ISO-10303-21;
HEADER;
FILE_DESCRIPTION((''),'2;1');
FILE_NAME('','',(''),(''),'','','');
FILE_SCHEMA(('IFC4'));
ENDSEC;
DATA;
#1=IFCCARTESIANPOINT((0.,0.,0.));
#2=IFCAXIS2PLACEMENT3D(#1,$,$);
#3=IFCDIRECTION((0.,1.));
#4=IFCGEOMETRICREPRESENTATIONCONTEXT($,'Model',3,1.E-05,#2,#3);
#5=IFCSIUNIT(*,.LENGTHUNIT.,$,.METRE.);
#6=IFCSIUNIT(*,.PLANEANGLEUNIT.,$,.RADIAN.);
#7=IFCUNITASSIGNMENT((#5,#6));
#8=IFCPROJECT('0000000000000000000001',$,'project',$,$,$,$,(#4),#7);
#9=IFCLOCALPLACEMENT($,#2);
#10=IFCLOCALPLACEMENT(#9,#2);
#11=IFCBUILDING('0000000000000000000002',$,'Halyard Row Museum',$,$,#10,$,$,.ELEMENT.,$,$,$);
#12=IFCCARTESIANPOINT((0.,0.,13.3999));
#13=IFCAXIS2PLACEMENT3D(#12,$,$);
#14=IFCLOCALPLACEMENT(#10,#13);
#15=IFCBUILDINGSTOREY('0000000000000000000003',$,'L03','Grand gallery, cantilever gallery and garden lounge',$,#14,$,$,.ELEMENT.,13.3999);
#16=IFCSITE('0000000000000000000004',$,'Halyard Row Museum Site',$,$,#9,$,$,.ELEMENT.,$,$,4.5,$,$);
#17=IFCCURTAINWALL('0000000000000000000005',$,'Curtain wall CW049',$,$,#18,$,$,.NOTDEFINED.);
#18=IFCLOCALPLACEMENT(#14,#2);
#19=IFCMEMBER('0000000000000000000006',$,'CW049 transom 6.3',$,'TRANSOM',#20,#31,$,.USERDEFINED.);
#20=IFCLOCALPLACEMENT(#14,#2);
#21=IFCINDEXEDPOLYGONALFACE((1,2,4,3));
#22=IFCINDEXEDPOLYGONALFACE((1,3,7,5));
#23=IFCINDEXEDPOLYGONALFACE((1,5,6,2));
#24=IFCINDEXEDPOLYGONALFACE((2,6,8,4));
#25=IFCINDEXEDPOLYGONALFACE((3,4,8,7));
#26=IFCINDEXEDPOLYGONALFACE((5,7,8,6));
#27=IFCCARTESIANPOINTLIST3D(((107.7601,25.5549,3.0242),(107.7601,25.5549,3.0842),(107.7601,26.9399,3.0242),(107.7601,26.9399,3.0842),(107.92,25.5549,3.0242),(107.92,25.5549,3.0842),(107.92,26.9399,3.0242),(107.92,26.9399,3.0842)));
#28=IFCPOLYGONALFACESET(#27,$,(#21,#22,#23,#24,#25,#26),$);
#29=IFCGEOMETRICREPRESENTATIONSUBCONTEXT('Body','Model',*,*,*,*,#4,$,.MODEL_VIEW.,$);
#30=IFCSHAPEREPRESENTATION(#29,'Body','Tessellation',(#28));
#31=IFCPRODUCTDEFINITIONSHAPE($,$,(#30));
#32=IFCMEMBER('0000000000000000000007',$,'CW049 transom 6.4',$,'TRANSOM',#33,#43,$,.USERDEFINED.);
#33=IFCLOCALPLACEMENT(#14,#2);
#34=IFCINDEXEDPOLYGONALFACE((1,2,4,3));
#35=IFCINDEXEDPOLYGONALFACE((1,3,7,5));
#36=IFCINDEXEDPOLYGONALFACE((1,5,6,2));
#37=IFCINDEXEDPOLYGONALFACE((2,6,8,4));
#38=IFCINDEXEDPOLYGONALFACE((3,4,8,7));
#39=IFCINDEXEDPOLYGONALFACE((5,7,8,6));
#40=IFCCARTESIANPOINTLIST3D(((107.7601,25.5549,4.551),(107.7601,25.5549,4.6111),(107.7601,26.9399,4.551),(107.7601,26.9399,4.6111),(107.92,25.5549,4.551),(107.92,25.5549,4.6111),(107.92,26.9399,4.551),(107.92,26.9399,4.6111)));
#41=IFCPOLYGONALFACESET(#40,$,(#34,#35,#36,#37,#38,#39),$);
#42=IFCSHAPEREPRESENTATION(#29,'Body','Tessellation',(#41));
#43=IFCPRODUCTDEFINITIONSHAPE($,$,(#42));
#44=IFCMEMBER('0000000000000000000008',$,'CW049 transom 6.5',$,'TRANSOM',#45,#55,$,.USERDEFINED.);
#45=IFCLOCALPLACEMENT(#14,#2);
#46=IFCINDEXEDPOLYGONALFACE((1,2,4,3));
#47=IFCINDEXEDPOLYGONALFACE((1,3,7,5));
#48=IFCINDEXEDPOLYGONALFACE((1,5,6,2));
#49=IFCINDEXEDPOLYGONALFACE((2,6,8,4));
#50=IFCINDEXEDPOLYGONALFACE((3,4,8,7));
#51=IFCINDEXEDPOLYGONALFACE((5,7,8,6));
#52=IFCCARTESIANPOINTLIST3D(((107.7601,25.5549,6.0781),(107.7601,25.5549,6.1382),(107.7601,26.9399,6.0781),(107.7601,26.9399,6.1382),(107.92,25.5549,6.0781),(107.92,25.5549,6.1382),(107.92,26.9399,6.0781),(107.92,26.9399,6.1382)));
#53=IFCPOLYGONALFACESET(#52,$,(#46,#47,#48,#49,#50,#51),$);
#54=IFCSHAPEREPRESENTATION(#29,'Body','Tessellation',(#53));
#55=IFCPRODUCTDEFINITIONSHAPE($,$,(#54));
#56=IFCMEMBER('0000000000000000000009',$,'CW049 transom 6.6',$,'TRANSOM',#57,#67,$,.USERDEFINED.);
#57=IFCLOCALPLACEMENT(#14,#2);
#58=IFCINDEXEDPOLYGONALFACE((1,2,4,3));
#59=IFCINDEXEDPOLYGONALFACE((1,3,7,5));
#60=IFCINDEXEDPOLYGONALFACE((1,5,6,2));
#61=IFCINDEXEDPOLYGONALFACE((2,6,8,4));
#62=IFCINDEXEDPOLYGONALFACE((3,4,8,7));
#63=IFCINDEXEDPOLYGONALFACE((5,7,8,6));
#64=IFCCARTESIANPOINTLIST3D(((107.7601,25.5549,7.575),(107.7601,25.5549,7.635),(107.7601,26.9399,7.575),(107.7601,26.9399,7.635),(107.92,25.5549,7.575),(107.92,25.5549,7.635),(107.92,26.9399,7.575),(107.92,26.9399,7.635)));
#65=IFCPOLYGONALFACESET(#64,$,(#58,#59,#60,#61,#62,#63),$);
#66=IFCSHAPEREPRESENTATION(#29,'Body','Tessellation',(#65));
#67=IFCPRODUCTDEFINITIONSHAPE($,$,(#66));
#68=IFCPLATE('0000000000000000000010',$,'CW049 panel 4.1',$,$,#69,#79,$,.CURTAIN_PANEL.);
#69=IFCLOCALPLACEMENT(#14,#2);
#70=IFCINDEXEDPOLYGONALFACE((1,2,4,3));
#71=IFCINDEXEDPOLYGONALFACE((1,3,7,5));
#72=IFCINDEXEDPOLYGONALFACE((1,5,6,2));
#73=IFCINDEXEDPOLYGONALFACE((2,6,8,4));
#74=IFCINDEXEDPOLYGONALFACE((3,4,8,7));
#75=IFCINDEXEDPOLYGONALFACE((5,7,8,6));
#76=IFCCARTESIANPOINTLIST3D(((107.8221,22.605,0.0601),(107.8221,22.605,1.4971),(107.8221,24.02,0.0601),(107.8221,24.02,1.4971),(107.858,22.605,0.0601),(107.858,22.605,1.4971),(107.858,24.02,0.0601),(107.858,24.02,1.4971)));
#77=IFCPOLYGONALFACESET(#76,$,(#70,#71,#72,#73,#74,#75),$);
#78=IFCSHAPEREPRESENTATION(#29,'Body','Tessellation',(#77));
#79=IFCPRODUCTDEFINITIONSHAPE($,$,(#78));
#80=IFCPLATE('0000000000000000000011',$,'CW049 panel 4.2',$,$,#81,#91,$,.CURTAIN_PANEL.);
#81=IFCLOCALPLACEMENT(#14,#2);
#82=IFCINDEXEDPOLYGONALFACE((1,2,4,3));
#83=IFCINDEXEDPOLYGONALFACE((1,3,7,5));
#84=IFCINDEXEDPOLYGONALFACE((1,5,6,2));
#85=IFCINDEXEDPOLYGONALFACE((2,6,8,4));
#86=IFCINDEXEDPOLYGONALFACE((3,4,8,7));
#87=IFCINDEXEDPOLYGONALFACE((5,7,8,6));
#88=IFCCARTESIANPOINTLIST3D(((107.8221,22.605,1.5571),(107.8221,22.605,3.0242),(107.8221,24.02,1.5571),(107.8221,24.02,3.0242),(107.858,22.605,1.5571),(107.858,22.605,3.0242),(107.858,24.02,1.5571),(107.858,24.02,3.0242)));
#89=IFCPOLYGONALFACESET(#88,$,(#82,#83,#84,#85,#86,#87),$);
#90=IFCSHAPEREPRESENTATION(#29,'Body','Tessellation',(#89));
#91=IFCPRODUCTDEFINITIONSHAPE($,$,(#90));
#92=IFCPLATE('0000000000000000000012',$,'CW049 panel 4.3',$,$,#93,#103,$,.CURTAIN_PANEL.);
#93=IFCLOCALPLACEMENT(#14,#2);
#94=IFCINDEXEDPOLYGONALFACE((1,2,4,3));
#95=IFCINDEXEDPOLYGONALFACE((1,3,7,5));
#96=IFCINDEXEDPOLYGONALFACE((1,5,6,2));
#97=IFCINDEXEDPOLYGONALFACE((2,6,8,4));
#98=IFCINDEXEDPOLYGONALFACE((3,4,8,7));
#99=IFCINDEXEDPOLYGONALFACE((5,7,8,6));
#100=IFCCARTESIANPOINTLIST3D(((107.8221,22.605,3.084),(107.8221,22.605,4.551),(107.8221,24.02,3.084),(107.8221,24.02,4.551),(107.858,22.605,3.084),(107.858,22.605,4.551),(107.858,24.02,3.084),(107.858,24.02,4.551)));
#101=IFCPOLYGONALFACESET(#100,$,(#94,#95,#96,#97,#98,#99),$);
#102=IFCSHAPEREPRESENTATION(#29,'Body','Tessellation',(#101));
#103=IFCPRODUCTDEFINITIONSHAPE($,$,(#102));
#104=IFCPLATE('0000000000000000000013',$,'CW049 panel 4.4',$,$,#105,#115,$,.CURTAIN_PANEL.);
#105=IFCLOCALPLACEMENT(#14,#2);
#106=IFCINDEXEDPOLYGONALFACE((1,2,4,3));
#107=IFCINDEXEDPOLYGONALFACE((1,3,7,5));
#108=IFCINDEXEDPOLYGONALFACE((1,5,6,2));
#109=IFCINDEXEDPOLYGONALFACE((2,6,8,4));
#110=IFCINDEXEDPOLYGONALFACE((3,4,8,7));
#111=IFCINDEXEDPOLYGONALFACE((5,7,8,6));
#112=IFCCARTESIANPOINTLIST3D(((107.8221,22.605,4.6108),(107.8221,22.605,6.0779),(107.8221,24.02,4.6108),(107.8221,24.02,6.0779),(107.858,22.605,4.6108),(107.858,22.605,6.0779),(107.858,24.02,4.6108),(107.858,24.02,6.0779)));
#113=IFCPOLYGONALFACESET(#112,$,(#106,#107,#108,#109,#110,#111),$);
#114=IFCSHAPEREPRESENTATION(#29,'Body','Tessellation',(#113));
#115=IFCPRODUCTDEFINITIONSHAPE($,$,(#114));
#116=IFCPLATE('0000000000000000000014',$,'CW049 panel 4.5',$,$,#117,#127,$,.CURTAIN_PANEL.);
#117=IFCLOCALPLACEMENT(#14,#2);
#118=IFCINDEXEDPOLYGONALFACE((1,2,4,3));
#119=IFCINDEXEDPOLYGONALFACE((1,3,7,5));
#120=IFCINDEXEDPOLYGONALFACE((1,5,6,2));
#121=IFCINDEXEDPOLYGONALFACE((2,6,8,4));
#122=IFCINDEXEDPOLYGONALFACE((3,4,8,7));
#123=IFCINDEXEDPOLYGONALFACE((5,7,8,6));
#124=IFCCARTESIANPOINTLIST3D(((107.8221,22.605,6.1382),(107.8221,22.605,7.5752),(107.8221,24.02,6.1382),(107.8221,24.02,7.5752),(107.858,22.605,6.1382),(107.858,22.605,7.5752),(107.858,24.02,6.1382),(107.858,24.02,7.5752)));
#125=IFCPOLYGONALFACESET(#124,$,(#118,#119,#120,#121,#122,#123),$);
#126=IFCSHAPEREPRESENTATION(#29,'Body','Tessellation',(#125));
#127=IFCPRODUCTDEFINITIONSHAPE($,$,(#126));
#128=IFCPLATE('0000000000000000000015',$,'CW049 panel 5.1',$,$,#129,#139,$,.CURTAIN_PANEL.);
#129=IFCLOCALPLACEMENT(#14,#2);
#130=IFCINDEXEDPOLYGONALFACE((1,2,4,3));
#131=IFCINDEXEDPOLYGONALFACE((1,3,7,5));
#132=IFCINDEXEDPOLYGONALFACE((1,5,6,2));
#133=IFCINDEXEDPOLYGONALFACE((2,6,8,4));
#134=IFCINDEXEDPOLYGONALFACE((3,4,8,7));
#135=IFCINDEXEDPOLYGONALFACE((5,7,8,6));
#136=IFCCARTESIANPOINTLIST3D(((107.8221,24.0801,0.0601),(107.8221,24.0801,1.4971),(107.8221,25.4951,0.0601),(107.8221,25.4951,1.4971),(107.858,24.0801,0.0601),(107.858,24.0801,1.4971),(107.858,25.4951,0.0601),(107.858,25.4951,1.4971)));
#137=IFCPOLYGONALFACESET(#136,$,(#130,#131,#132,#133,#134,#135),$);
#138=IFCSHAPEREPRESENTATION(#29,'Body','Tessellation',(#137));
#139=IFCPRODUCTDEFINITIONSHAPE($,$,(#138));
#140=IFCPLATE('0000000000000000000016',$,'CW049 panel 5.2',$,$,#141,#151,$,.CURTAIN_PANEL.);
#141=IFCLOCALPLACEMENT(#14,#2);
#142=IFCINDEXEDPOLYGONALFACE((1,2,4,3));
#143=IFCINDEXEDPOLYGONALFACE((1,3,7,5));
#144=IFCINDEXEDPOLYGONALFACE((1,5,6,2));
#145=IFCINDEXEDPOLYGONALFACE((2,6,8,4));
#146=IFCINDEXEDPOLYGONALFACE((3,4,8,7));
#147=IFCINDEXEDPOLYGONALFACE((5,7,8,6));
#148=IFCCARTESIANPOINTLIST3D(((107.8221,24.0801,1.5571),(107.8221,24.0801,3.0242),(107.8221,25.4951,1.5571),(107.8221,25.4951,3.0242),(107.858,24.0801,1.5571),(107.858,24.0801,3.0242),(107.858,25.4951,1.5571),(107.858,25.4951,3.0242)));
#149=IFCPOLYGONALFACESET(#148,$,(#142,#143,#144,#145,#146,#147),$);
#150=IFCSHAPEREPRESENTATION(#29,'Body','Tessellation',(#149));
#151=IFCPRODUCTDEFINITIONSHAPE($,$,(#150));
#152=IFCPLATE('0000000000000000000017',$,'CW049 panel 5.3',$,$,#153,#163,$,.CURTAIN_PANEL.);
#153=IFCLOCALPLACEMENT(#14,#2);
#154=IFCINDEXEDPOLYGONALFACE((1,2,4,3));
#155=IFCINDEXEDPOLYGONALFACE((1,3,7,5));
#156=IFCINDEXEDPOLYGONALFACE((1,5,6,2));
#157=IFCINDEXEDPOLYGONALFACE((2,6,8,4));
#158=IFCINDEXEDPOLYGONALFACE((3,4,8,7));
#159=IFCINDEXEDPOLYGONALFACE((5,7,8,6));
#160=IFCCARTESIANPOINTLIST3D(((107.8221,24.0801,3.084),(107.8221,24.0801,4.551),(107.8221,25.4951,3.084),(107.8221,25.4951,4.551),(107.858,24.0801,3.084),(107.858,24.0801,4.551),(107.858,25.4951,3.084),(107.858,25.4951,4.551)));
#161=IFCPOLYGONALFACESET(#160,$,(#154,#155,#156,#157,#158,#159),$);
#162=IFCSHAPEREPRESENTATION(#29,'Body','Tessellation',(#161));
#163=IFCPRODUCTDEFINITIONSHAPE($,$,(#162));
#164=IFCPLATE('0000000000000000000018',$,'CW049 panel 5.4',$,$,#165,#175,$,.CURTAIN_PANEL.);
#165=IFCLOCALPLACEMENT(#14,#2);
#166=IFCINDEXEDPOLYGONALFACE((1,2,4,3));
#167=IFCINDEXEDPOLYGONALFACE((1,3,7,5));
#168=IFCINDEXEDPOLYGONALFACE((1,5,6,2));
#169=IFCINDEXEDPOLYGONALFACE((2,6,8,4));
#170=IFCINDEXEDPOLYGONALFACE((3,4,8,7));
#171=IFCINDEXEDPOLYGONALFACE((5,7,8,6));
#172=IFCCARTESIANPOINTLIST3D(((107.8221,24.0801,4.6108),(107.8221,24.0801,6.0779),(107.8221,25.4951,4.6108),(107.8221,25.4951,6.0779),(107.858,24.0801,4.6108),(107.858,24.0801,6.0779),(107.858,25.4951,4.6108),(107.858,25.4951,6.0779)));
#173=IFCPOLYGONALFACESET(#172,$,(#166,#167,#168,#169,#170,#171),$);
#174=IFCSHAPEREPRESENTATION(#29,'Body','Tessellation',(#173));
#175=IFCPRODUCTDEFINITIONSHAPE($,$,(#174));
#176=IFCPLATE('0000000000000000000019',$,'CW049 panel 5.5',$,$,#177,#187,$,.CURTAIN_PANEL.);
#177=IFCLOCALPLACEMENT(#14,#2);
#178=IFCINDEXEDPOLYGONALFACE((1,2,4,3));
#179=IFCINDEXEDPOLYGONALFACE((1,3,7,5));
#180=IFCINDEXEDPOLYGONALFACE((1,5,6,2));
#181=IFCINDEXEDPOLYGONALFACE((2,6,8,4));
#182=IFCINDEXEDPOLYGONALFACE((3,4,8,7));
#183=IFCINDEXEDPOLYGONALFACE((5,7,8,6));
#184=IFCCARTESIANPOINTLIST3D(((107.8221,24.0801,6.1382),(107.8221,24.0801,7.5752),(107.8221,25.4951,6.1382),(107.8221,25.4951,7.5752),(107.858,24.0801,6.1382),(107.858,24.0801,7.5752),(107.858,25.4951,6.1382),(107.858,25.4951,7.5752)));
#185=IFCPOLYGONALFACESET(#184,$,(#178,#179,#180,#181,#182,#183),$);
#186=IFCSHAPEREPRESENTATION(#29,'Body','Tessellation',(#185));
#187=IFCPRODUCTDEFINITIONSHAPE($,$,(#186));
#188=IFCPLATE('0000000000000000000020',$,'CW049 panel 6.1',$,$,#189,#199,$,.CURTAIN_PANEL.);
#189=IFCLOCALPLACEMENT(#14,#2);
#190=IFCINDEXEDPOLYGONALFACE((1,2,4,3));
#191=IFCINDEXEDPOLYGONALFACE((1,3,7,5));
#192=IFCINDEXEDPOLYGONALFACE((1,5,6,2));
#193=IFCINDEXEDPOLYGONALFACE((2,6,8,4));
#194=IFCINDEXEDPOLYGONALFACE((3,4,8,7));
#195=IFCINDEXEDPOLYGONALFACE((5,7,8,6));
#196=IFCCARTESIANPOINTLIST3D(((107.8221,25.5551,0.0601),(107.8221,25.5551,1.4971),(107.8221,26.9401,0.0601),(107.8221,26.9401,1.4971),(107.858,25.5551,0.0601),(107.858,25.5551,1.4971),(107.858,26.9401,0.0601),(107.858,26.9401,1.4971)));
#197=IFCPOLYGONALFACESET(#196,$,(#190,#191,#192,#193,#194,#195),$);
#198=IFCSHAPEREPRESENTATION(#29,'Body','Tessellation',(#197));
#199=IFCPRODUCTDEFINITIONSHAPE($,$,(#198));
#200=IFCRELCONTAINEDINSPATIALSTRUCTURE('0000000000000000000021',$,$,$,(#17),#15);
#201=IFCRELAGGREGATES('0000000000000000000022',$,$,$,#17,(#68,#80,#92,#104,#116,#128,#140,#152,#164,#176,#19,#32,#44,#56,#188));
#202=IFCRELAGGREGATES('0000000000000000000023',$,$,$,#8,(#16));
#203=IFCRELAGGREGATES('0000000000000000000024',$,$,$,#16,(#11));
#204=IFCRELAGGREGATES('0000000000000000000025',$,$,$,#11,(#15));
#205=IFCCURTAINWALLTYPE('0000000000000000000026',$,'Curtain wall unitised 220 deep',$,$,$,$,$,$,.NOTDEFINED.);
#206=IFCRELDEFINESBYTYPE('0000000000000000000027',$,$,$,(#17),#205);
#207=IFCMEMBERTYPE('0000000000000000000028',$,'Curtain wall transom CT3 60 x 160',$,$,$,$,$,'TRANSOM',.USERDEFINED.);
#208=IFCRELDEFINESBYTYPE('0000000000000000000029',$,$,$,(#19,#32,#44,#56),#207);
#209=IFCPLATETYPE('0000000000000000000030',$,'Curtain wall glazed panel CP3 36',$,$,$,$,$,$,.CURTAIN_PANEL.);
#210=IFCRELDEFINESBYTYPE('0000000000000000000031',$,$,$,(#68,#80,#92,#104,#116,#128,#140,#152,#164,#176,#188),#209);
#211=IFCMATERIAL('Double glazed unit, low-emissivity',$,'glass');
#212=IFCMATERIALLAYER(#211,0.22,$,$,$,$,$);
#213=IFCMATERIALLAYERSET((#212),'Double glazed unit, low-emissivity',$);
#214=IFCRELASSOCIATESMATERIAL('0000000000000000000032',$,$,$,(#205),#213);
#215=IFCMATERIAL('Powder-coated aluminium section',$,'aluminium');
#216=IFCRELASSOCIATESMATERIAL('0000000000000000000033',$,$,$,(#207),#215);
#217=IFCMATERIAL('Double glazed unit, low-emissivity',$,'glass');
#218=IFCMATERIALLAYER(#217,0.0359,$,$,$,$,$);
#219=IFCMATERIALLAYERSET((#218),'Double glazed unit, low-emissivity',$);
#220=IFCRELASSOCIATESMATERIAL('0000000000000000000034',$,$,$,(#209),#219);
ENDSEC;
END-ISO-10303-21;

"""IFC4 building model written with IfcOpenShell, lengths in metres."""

from ifc_helpers import new_model, si_unit, direction, frame, origin, origin_2d, place, context, subcontext, project, spatial, rectangle, extrude, material, layer, layer_set, material_profile, profile_set, type_object, element, aggregate, save


model = new_model("IFC4")

# Units and contexts
model_context = context("Model", 3, precision=1e-05, world=origin(), true_north=direction((0.0, 1.0)))
body_context = subcontext(model_context, "Body", "Model", "MODEL_VIEW")
ifc_project = project(units=[si_unit("LENGTHUNIT", "METRE"), si_unit("PLANEANGLEUNIT", "RADIAN")], contexts=[model_context])

# Site, building, storey
site_placement = place(None, origin())
site = spatial("IfcSite", under=ifc_project, at=site_placement, Name="Halyard Row Museum Site", CompositionType="ELEMENT", RefElevation=4.5)
building_placement = place(site_placement, origin())
building = spatial("IfcBuilding", under=site, at=building_placement, Name="Halyard Row Museum", CompositionType="ELEMENT")
storey_placement = place(building_placement, frame((0.0, 0.0, 13.3999)))
storey = spatial("IfcBuildingStorey", under=building, at=storey_placement, Name="L03", Description="Grand gallery, cantilever gallery and garden lounge", CompositionType="ELEMENT", Elevation=13.3999)

# Curtain wall, members, plates
ifc_material_1 = material(Name="Double glazed unit, low-emissivity", Category="glass")
ifc_layer_1 = layer(ifc_material_1, 0.22)
ifc_layer_set_1 = layer_set([ifc_layer_1], Name="Double glazed unit, low-emissivity")
curtain_wall_type = type_object("IfcCurtainWallType", Name="Curtain wall unitised 220 deep", PredefinedType="NOTDEFINED", material=ifc_layer_set_1)
curtain_wall_placement = place(storey_placement, origin())
curtain_wall = element("IfcCurtainWall", 1, at=curtain_wall_placement, inside=storey, type_object=curtain_wall_type, Name="Curtain wall CW049", PredefinedType="NOTDEFINED")
ifc_material_2 = material(Name="Powder-coated aluminium section", Category="aluminium")
ifc_material_profile_1 = material_profile(ifc_material_2, rectangle(XDim=0.1599, YDim=0.0601, at=origin_2d()), Name="160x60 transom")
ifc_profile_set_1 = profile_set([ifc_material_profile_1], Name="Powder-coated aluminium section")
member_type_1 = type_object("IfcMemberType", Name="Curtain wall transom CT3 60 x 160", ElementType="TRANSOM", PredefinedType="USERDEFINED", material=ifc_profile_set_1)
member_1_placement = place(storey_placement, frame((107.8401, 25.5549, 3.0542), z_axis=(0.0, 1.0, 0.0), x_axis=(-1.0, 0.0, 0.0)))
member_1 = element("IfcMember", 2, at=member_1_placement, type_object=member_type_1, Name="CW049 transom 6.3", ObjectType="TRANSOM", PredefinedType="USERDEFINED", context=body_context, shape_type="SweptSolid", body=[
    extrude(rectangle(XDim=0.1599, YDim=0.0601, at=origin_2d()), origin(), (0.0, 0.0, 1.0), 1.385),
])
member_2_placement = place(storey_placement, frame((107.8401, 25.5549, 4.5811), z_axis=(0.0, 1.0, 0.0), x_axis=(-1.0, 0.0, 0.0)))
member_2 = element("IfcMember", 3, at=member_2_placement, type_object=member_type_1, Name="CW049 transom 6.4", ObjectType="TRANSOM", PredefinedType="USERDEFINED", context=body_context, shape_type="SweptSolid", body=[
    extrude(rectangle(XDim=0.1599, YDim=0.0601, at=origin_2d()), origin(), (0.0, 0.0, 1.0), 1.385),
])
member_3_placement = place(storey_placement, frame((107.8401, 25.5549, 6.1082), z_axis=(0.0, 1.0, 0.0), x_axis=(-1.0, 0.0, 0.0)))
member_3 = element("IfcMember", 4, at=member_3_placement, type_object=member_type_1, Name="CW049 transom 6.5", ObjectType="TRANSOM", PredefinedType="USERDEFINED", context=body_context, shape_type="SweptSolid", body=[
    extrude(rectangle(XDim=0.1599, YDim=0.0601, at=origin_2d()), origin(), (0.0, 0.0, 1.0), 1.385),
])
member_4_placement = place(storey_placement, frame((107.8401, 25.5549, 7.605), z_axis=(0.0, 1.0, 0.0), x_axis=(-1.0, 0.0, 0.0)))
member_4 = element("IfcMember", 5, at=member_4_placement, type_object=member_type_1, Name="CW049 transom 6.6", ObjectType="TRANSOM", PredefinedType="USERDEFINED", context=body_context, shape_type="SweptSolid", body=[
    extrude(rectangle(XDim=0.1599, YDim=0.0601, at=origin_2d()), origin(), (0.0, 0.0, 1.0), 1.385),
])
ifc_material_3 = material(Name="Double glazed unit, low-emissivity", Category="glass")
ifc_layer_2 = layer(ifc_material_3, 0.0359)
ifc_layer_set_2 = layer_set([ifc_layer_2], Name="Double glazed unit, low-emissivity")
plate_type = type_object("IfcPlateType", Name="Curtain wall glazed panel CP3 36", PredefinedType="CURTAIN_PANEL", material=ifc_layer_set_2)
plate_1_placement = place(storey_placement, frame((107.8401, 23.3125, 0.0601), z_axis=(0.0, 0.0, 1.0), x_axis=(0.0, 1.0, 0.0)))
plate_1 = element("IfcPlate", 6, at=plate_1_placement, type_object=plate_type, Name="CW049 panel 4.1", PredefinedType="CURTAIN_PANEL", context=body_context, shape_type="SweptSolid", body=[
    extrude(rectangle(XDim=1.415, YDim=0.0359, at=origin_2d()), origin(), (0.0, 0.0, 1.0), 1.437),
])
plate_2_placement = place(storey_placement, frame((107.8401, 23.3125, 1.5571), z_axis=(0.0, 0.0, 1.0), x_axis=(0.0, 1.0, 0.0)))
plate_2 = element("IfcPlate", 7, at=plate_2_placement, type_object=plate_type, Name="CW049 panel 4.2", PredefinedType="CURTAIN_PANEL", context=body_context, shape_type="SweptSolid", body=[
    extrude(rectangle(XDim=1.415, YDim=0.0359, at=origin_2d()), origin(), (0.0, 0.0, 1.0), 1.467),
])
plate_3_placement = place(storey_placement, frame((107.8401, 23.3125, 3.084), z_axis=(0.0, 0.0, 1.0), x_axis=(0.0, 1.0, 0.0)))
plate_3 = element("IfcPlate", 8, at=plate_3_placement, type_object=plate_type, Name="CW049 panel 4.3", PredefinedType="CURTAIN_PANEL", context=body_context, shape_type="SweptSolid", body=[
    extrude(rectangle(XDim=1.415, YDim=0.0359, at=origin_2d()), origin(), (0.0, 0.0, 1.0), 1.467),
])
plate_4_placement = place(storey_placement, frame((107.8401, 23.3125, 4.6108), z_axis=(0.0, 0.0, 1.0), x_axis=(0.0, 1.0, 0.0)))
plate_4 = element("IfcPlate", 9, at=plate_4_placement, type_object=plate_type, Name="CW049 panel 4.4", PredefinedType="CURTAIN_PANEL", context=body_context, shape_type="SweptSolid", body=[
    extrude(rectangle(XDim=1.415, YDim=0.0359, at=origin_2d()), origin(), (0.0, 0.0, 1.0), 1.467),
])
plate_5_placement = place(storey_placement, frame((107.8401, 23.3125, 6.1382), z_axis=(0.0, 0.0, 1.0), x_axis=(0.0, 1.0, 0.0)))
plate_5 = element("IfcPlate", 10, at=plate_5_placement, type_object=plate_type, Name="CW049 panel 4.5", PredefinedType="CURTAIN_PANEL", context=body_context, shape_type="SweptSolid", body=[
    extrude(rectangle(XDim=1.415, YDim=0.0359, at=origin_2d()), origin(), (0.0, 0.0, 1.0), 1.437),
])
plate_6_placement = place(storey_placement, frame((107.8401, 24.7876, 0.0601), z_axis=(0.0, 0.0, 1.0), x_axis=(0.0, 1.0, 0.0)))
plate_6 = element("IfcPlate", 11, at=plate_6_placement, type_object=plate_type, Name="CW049 panel 5.1", PredefinedType="CURTAIN_PANEL", context=body_context, shape_type="SweptSolid", body=[
    extrude(rectangle(XDim=1.415, YDim=0.0359, at=origin_2d()), origin(), (0.0, 0.0, 1.0), 1.437),
])
plate_7_placement = place(storey_placement, frame((107.8401, 24.7876, 1.5571), z_axis=(0.0, 0.0, 1.0), x_axis=(0.0, 1.0, 0.0)))
plate_7 = element("IfcPlate", 12, at=plate_7_placement, type_object=plate_type, Name="CW049 panel 5.2", PredefinedType="CURTAIN_PANEL", context=body_context, shape_type="SweptSolid", body=[
    extrude(rectangle(XDim=1.415, YDim=0.0359, at=origin_2d()), origin(), (0.0, 0.0, 1.0), 1.467),
])
plate_8_placement = place(storey_placement, frame((107.8401, 24.7876, 3.084), z_axis=(0.0, 0.0, 1.0), x_axis=(0.0, 1.0, 0.0)))
plate_8 = element("IfcPlate", 13, at=plate_8_placement, type_object=plate_type, Name="CW049 panel 5.3", PredefinedType="CURTAIN_PANEL", context=body_context, shape_type="SweptSolid", body=[
    extrude(rectangle(XDim=1.415, YDim=0.0359, at=origin_2d()), origin(), (0.0, 0.0, 1.0), 1.467),
])
plate_9_placement = place(storey_placement, frame((107.8401, 24.7876, 4.6108), z_axis=(0.0, 0.0, 1.0), x_axis=(0.0, 1.0, 0.0)))
plate_9 = element("IfcPlate", 14, at=plate_9_placement, type_object=plate_type, Name="CW049 panel 5.4", PredefinedType="CURTAIN_PANEL", context=body_context, shape_type="SweptSolid", body=[
    extrude(rectangle(XDim=1.415, YDim=0.0359, at=origin_2d()), origin(), (0.0, 0.0, 1.0), 1.467),
])
plate_10_placement = place(storey_placement, frame((107.8401, 24.7876, 6.1382), z_axis=(0.0, 0.0, 1.0), x_axis=(0.0, 1.0, 0.0)))
plate_10 = element("IfcPlate", 15, at=plate_10_placement, type_object=plate_type, Name="CW049 panel 5.5", PredefinedType="CURTAIN_PANEL", context=body_context, shape_type="SweptSolid", body=[
    extrude(rectangle(XDim=1.415, YDim=0.0359, at=origin_2d()), origin(), (0.0, 0.0, 1.0), 1.437),
])
plate_11_placement = place(storey_placement, frame((107.8401, 26.2476, 0.0601), z_axis=(0.0, 0.0, 1.0), x_axis=(0.0, 1.0, 0.0)))
plate_11 = element("IfcPlate", 16, at=plate_11_placement, type_object=plate_type, Name="CW049 panel 6.1", PredefinedType="CURTAIN_PANEL", context=body_context, shape_type="SweptSolid", body=[
    extrude(rectangle(XDim=1.385, YDim=0.0359, at=origin_2d()), origin(), (0.0, 0.0, 1.0), 1.437),
])
aggregate(curtain_wall, [plate_1, plate_2, plate_3, plate_4, plate_5, plate_6, plate_7, plate_8, plate_9, plate_10, member_1, member_2, member_3, member_4, plate_11])

save(model, "model.ifc")
